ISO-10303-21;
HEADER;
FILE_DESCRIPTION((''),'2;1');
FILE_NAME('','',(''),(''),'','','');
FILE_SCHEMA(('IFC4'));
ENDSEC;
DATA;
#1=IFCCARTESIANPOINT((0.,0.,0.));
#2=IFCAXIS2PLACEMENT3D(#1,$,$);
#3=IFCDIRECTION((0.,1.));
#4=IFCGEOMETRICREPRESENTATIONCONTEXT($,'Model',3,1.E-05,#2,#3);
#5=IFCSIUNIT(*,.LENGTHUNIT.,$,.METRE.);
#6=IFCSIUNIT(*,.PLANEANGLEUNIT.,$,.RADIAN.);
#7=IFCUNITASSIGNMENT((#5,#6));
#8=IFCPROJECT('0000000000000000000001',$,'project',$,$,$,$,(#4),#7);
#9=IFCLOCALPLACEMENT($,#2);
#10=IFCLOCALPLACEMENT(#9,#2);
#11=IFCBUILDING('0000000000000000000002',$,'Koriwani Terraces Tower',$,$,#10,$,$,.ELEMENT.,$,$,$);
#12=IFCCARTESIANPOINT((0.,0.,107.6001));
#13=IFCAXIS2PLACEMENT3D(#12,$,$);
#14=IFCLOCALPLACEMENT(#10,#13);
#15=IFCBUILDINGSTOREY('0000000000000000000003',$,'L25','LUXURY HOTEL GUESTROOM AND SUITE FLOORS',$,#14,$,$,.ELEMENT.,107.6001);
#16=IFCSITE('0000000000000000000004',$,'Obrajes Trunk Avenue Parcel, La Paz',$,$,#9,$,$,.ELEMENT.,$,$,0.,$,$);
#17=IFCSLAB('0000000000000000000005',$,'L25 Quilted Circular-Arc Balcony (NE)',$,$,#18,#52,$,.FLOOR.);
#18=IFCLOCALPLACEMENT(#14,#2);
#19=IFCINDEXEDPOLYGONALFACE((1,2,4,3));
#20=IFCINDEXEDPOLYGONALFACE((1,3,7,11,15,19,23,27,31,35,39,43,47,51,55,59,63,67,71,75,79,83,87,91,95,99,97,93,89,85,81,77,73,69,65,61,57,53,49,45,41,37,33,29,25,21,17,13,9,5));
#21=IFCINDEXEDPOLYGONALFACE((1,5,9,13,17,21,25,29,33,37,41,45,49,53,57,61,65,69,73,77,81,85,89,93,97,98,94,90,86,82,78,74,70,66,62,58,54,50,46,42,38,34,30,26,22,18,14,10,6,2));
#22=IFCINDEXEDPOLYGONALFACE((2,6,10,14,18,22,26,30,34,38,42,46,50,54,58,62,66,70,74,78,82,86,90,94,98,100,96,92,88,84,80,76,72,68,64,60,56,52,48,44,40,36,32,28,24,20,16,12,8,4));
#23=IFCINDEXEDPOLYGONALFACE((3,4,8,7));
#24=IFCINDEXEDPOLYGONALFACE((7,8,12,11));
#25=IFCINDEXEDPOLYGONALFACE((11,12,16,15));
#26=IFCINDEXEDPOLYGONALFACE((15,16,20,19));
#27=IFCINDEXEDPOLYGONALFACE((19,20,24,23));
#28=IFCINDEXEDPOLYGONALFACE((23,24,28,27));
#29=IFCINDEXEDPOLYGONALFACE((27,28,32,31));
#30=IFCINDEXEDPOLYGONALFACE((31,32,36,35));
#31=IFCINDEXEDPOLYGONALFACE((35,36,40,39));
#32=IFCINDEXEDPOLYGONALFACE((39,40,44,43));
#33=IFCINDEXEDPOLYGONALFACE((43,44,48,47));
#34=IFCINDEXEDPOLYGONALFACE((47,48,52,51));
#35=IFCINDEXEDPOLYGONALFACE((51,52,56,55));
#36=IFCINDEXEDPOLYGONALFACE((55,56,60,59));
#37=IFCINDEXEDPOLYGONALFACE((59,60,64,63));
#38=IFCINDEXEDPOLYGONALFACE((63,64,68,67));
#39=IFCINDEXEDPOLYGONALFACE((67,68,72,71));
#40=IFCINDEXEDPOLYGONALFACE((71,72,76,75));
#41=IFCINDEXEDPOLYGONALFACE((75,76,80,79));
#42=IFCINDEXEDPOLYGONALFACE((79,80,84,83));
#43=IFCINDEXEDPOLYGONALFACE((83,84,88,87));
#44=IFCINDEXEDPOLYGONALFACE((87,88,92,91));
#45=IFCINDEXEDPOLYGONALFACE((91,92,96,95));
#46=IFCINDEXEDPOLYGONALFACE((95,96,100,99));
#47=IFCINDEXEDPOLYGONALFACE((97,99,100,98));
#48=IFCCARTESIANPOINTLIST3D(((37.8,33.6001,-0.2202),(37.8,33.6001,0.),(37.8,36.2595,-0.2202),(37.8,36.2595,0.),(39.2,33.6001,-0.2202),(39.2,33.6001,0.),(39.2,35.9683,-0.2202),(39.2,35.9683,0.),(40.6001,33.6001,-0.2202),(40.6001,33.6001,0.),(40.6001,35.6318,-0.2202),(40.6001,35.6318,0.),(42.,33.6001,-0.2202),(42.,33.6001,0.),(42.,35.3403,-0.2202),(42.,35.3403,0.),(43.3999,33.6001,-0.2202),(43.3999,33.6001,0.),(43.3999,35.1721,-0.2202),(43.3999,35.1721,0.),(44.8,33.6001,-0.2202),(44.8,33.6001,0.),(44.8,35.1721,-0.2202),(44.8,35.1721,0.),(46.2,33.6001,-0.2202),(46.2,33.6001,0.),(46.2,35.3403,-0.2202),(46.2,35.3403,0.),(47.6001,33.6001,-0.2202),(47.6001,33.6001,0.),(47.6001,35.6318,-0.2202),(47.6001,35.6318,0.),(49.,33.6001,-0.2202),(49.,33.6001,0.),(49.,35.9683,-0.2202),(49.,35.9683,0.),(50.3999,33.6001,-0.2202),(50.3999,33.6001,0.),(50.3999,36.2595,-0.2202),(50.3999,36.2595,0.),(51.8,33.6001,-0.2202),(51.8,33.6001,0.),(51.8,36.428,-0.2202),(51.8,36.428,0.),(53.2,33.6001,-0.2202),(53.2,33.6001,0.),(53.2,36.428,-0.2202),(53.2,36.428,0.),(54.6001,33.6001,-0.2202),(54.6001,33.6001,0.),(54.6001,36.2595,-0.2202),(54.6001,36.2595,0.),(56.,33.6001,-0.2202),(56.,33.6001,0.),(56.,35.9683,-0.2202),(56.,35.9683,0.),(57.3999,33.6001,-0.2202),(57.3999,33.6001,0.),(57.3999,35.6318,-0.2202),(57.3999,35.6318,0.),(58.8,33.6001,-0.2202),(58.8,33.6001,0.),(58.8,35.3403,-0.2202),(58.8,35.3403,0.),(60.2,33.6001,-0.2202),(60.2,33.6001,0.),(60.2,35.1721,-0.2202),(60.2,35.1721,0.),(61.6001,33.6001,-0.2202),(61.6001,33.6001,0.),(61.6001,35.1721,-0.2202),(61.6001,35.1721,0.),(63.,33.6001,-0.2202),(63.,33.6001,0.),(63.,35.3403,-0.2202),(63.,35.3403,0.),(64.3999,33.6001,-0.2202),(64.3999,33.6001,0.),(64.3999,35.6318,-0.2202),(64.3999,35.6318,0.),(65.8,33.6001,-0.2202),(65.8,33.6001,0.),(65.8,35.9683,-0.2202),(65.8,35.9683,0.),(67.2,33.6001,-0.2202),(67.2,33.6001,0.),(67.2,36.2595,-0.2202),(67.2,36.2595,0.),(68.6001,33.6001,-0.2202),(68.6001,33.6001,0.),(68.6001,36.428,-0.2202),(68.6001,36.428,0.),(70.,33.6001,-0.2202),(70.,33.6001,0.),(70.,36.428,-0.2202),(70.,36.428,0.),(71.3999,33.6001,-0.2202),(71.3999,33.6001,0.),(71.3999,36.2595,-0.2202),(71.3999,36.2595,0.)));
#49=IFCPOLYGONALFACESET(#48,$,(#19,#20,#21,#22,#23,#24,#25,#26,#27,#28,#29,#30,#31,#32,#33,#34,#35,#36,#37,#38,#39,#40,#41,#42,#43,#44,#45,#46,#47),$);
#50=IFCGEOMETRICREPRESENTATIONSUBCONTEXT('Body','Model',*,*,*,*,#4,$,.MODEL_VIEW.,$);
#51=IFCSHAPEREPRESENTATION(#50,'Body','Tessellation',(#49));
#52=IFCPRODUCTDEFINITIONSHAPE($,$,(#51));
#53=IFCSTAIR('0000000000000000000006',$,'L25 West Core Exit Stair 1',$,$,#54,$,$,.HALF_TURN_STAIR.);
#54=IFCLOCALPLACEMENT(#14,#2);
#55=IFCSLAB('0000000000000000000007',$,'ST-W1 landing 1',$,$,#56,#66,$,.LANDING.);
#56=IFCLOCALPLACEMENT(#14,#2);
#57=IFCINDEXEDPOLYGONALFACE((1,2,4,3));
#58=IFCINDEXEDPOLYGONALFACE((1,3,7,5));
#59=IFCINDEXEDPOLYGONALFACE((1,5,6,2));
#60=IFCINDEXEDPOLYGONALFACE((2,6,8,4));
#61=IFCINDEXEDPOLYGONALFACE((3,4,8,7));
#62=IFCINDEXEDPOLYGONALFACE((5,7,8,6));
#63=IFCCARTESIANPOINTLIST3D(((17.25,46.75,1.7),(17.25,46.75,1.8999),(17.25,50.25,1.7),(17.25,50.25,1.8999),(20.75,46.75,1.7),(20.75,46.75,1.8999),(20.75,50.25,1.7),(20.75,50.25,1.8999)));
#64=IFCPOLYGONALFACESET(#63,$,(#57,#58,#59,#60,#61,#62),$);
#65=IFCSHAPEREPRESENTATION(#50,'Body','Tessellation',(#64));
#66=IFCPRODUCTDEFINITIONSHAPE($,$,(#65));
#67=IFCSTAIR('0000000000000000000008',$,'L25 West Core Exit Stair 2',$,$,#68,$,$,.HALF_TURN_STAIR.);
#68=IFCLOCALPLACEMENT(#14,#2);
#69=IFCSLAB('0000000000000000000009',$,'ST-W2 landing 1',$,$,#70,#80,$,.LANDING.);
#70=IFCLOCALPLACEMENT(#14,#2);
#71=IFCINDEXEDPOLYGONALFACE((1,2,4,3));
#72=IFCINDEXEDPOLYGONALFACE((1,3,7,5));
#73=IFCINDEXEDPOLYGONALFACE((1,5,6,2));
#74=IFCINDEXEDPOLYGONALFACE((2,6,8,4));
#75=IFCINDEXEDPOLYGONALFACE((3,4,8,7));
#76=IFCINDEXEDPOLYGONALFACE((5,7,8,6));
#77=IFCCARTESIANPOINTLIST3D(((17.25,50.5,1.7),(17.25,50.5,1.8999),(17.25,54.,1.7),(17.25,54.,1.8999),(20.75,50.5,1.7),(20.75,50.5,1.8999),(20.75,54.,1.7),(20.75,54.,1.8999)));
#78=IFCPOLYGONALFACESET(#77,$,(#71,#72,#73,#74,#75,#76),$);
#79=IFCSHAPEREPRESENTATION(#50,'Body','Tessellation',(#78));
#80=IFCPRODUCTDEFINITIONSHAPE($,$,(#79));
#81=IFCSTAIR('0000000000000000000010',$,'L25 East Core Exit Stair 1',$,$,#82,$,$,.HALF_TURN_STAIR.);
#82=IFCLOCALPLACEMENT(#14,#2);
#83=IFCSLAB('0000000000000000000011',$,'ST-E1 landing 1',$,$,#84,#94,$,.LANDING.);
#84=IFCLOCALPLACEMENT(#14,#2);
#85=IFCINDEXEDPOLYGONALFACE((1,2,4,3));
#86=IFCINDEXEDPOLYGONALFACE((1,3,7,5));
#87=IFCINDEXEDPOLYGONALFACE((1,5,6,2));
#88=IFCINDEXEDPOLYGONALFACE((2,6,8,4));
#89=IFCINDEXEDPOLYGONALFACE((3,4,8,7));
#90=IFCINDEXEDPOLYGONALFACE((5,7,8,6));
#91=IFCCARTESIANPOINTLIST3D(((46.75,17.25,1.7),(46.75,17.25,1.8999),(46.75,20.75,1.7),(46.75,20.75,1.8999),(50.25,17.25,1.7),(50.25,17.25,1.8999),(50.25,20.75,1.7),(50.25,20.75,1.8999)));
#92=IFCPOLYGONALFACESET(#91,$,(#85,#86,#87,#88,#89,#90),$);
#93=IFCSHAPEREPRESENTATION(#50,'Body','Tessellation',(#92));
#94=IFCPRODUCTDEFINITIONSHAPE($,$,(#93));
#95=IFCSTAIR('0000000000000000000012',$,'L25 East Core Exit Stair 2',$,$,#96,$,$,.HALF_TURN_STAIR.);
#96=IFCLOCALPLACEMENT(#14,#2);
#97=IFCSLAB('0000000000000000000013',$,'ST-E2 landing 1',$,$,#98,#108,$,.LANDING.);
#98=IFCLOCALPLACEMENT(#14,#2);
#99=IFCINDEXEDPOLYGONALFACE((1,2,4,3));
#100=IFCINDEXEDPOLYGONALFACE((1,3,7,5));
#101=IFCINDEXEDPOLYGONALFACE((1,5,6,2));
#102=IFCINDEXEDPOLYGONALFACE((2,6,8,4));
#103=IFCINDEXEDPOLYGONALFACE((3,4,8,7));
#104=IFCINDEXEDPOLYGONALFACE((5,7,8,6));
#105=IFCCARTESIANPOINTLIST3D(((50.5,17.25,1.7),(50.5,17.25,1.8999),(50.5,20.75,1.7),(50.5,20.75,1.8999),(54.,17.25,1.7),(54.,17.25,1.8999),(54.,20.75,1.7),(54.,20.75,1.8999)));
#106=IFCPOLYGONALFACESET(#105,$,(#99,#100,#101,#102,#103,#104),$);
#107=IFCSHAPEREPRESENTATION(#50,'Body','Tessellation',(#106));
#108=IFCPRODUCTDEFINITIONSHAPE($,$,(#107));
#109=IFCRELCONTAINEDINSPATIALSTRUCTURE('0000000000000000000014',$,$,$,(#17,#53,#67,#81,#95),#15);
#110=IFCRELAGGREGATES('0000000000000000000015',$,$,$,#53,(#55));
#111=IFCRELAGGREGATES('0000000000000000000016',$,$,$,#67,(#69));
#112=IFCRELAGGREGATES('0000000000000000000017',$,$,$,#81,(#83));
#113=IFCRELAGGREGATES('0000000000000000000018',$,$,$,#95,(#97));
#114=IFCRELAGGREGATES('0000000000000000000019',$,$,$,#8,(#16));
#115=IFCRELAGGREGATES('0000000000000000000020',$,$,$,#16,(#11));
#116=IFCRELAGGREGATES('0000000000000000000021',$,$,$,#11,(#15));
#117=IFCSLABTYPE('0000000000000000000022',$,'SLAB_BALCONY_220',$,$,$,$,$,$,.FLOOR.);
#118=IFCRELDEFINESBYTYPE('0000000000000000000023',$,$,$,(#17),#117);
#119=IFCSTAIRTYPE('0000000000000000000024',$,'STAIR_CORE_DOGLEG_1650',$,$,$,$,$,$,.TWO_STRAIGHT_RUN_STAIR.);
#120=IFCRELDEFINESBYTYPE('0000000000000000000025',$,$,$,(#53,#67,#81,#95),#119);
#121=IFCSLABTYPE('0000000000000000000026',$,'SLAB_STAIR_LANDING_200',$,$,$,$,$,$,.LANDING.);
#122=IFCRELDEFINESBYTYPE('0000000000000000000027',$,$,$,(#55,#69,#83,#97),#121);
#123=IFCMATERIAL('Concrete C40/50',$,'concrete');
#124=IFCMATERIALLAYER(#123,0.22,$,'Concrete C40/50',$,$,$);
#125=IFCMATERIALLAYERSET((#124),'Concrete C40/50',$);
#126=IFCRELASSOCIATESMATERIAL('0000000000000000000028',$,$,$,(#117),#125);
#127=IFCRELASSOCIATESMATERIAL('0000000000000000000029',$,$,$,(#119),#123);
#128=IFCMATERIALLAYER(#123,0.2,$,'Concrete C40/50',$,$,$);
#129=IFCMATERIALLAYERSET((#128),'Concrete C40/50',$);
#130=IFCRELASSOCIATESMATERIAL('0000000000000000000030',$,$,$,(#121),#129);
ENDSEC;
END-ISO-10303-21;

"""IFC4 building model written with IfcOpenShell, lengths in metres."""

from ifc_helpers import new_model, si_unit, direction, frame, origin, place, context, subcontext, project, spatial, polyline, outline, extrude, material, layer, layer_set, type_object, element, aggregate, save


model = new_model("IFC4")

# Units and contexts
model_context = context("Model", 3, precision=1e-05, world=origin(), true_north=direction((0.0, 1.0)))
body_context = subcontext(model_context, "Body", "Model", "MODEL_VIEW")
ifc_project = project(units=[si_unit("LENGTHUNIT", "METRE"), si_unit("PLANEANGLEUNIT", "RADIAN")], contexts=[model_context])

# Site, building, storey
site_placement = place(None, origin())
site = spatial("IfcSite", under=ifc_project, at=site_placement, Name="Obrajes Trunk Avenue Parcel, La Paz", CompositionType="ELEMENT", RefElevation=0.0)
building_placement = place(site_placement, origin())
building = spatial("IfcBuilding", under=site, at=building_placement, Name="Koriwani Terraces Tower", CompositionType="ELEMENT")
storey_placement = place(building_placement, frame((0.0, 0.0, 107.6001)))
storey = spatial("IfcBuildingStorey", under=building, at=storey_placement, Name="L25", Description="LUXURY HOTEL GUESTROOM AND SUITE FLOORS", CompositionType="ELEMENT", Elevation=107.6001)

# Shared definitions
ifc_material_1 = material(Name="Concrete C40/50", Category="concrete")

# Slab
ifc_layer_1 = layer(ifc_material_1, 0.22, Name="Concrete C40/50")
ifc_layer_set_1 = layer_set([ifc_layer_1], Name="Concrete C40/50")
slab_type_1 = type_object("IfcSlabType", Name="SLAB_BALCONY_220", PredefinedType="FLOOR", material=ifc_layer_set_1)
slab_1_placement = place(storey_placement, frame((0.0, 0.0, -0.2202)))
element("IfcSlab", 1, at=slab_1_placement, inside=storey, type_object=slab_type_1, Name="L25 Quilted Circular-Arc Balcony (NE)", PredefinedType="FLOOR", context=body_context, shape_type="SweptSolid", body=[
    extrude(outline(polyline([(71.3999, 33.6001), (70.0, 33.6001), (68.6001, 33.6001), (67.2, 33.6001), (65.8, 33.6001), (64.3999, 33.6001), (63.0, 33.6001), (61.6001, 33.6001), (60.2, 33.6001), (58.8, 33.6001), (57.3999, 33.6001), (56.0, 33.6001), (54.6001, 33.6001), (53.2, 33.6001), (51.8, 33.6001), (50.3999, 33.6001), (49.0, 33.6001), (47.6001, 33.6001), (46.2, 33.6001), (44.8, 33.6001), (43.3999, 33.6001), (42.0, 33.6001), (40.6001, 33.6001), (39.2, 33.6001), (37.8, 33.6001), (37.8, 36.2595), (39.2, 35.9683), (40.6001, 35.6318), (42.0, 35.3403), (43.3999, 35.1721), (44.8, 35.1721), (46.2, 35.3403), (47.6001, 35.6318), (49.0, 35.9683), (50.3999, 36.2595), (51.8, 36.428), (53.2, 36.428), (54.6001, 36.2595), (56.0, 35.9683), (57.3999, 35.6318), (58.8, 35.3403), (60.2, 35.1721), (61.6001, 35.1721), (63.0, 35.3403), (64.3999, 35.6318), (65.8, 35.9683), (67.2, 36.2595), (68.6001, 36.428), (70.0, 36.428), (71.3999, 36.2595), (71.3999, 33.6001)])), origin(), (0.0, 0.0, 1.0), 0.2202),
])

# Stairs, slabs
stair_type = type_object("IfcStairType", Name="STAIR_CORE_DOGLEG_1650", PredefinedType="TWO_STRAIGHT_RUN_STAIR", material=ifc_material_1)
stair_1_placement = place(storey_placement, origin())
stair_1 = element("IfcStair", 2, at=stair_1_placement, inside=storey, type_object=stair_type, Name="L25 West Core Exit Stair 1", PredefinedType="HALF_TURN_STAIR")
ifc_layer_2 = layer(ifc_material_1, 0.2, Name="Concrete C40/50")
ifc_layer_set_2 = layer_set([ifc_layer_2], Name="Concrete C40/50")
slab_type_2 = type_object("IfcSlabType", Name="SLAB_STAIR_LANDING_200", PredefinedType="LANDING", material=ifc_layer_set_2)
slab_2_placement = place(storey_placement, frame((0.0, 0.0, 1.7)))
slab_2 = element("IfcSlab", 3, at=slab_2_placement, type_object=slab_type_2, Name="ST-W1 landing 1", PredefinedType="LANDING", context=body_context, shape_type="SweptSolid", body=[
    extrude(outline(polyline([(20.75, 46.75), (20.75, 50.25), (17.25, 50.25), (17.25, 46.75), (20.75, 46.75)])), origin(), (0.0, 0.0, 1.0), 0.2),
])
aggregate(stair_1, [slab_2])
stair_2_placement = place(storey_placement, origin())
stair_2 = element("IfcStair", 4, at=stair_2_placement, inside=storey, type_object=stair_type, Name="L25 West Core Exit Stair 2", PredefinedType="HALF_TURN_STAIR")
slab_3_placement = place(storey_placement, frame((0.0, 0.0, 1.7)))
slab_3 = element("IfcSlab", 5, at=slab_3_placement, type_object=slab_type_2, Name="ST-W2 landing 1", PredefinedType="LANDING", context=body_context, shape_type="SweptSolid", body=[
    extrude(outline(polyline([(17.25, 54.0), (17.25, 50.5), (20.75, 50.5), (20.75, 54.0), (17.25, 54.0)])), origin(), (0.0, 0.0, 1.0), 0.2),
])
aggregate(stair_2, [slab_3])
stair_3_placement = place(storey_placement, origin())
stair_3 = element("IfcStair", 6, at=stair_3_placement, inside=storey, type_object=stair_type, Name="L25 East Core Exit Stair 1", PredefinedType="HALF_TURN_STAIR")
slab_4_placement = place(storey_placement, frame((0.0, 0.0, 1.7)))
slab_4 = element("IfcSlab", 7, at=slab_4_placement, type_object=slab_type_2, Name="ST-E1 landing 1", PredefinedType="LANDING", context=body_context, shape_type="SweptSolid", body=[
    extrude(outline(polyline([(46.75, 17.25), (50.25, 17.25), (50.25, 20.75), (46.75, 20.75), (46.75, 17.25)])), origin(), (0.0, 0.0, 1.0), 0.2),
])
aggregate(stair_3, [slab_4])
stair_4_placement = place(storey_placement, origin())
stair_4 = element("IfcStair", 8, at=stair_4_placement, inside=storey, type_object=stair_type, Name="L25 East Core Exit Stair 2", PredefinedType="HALF_TURN_STAIR")
slab_5_placement = place(storey_placement, frame((0.0, 0.0, 1.7)))
slab_5 = element("IfcSlab", 9, at=slab_5_placement, type_object=slab_type_2, Name="ST-E2 landing 1", PredefinedType="LANDING", context=body_context, shape_type="SweptSolid", body=[
    extrude(outline(polyline([(54.0, 20.75), (50.5, 20.75), (50.5, 17.25), (54.0, 17.25), (54.0, 20.75)])), origin(), (0.0, 0.0, 1.0), 0.2),
])
aggregate(stair_4, [slab_5])

save(model, "model.ifc")
